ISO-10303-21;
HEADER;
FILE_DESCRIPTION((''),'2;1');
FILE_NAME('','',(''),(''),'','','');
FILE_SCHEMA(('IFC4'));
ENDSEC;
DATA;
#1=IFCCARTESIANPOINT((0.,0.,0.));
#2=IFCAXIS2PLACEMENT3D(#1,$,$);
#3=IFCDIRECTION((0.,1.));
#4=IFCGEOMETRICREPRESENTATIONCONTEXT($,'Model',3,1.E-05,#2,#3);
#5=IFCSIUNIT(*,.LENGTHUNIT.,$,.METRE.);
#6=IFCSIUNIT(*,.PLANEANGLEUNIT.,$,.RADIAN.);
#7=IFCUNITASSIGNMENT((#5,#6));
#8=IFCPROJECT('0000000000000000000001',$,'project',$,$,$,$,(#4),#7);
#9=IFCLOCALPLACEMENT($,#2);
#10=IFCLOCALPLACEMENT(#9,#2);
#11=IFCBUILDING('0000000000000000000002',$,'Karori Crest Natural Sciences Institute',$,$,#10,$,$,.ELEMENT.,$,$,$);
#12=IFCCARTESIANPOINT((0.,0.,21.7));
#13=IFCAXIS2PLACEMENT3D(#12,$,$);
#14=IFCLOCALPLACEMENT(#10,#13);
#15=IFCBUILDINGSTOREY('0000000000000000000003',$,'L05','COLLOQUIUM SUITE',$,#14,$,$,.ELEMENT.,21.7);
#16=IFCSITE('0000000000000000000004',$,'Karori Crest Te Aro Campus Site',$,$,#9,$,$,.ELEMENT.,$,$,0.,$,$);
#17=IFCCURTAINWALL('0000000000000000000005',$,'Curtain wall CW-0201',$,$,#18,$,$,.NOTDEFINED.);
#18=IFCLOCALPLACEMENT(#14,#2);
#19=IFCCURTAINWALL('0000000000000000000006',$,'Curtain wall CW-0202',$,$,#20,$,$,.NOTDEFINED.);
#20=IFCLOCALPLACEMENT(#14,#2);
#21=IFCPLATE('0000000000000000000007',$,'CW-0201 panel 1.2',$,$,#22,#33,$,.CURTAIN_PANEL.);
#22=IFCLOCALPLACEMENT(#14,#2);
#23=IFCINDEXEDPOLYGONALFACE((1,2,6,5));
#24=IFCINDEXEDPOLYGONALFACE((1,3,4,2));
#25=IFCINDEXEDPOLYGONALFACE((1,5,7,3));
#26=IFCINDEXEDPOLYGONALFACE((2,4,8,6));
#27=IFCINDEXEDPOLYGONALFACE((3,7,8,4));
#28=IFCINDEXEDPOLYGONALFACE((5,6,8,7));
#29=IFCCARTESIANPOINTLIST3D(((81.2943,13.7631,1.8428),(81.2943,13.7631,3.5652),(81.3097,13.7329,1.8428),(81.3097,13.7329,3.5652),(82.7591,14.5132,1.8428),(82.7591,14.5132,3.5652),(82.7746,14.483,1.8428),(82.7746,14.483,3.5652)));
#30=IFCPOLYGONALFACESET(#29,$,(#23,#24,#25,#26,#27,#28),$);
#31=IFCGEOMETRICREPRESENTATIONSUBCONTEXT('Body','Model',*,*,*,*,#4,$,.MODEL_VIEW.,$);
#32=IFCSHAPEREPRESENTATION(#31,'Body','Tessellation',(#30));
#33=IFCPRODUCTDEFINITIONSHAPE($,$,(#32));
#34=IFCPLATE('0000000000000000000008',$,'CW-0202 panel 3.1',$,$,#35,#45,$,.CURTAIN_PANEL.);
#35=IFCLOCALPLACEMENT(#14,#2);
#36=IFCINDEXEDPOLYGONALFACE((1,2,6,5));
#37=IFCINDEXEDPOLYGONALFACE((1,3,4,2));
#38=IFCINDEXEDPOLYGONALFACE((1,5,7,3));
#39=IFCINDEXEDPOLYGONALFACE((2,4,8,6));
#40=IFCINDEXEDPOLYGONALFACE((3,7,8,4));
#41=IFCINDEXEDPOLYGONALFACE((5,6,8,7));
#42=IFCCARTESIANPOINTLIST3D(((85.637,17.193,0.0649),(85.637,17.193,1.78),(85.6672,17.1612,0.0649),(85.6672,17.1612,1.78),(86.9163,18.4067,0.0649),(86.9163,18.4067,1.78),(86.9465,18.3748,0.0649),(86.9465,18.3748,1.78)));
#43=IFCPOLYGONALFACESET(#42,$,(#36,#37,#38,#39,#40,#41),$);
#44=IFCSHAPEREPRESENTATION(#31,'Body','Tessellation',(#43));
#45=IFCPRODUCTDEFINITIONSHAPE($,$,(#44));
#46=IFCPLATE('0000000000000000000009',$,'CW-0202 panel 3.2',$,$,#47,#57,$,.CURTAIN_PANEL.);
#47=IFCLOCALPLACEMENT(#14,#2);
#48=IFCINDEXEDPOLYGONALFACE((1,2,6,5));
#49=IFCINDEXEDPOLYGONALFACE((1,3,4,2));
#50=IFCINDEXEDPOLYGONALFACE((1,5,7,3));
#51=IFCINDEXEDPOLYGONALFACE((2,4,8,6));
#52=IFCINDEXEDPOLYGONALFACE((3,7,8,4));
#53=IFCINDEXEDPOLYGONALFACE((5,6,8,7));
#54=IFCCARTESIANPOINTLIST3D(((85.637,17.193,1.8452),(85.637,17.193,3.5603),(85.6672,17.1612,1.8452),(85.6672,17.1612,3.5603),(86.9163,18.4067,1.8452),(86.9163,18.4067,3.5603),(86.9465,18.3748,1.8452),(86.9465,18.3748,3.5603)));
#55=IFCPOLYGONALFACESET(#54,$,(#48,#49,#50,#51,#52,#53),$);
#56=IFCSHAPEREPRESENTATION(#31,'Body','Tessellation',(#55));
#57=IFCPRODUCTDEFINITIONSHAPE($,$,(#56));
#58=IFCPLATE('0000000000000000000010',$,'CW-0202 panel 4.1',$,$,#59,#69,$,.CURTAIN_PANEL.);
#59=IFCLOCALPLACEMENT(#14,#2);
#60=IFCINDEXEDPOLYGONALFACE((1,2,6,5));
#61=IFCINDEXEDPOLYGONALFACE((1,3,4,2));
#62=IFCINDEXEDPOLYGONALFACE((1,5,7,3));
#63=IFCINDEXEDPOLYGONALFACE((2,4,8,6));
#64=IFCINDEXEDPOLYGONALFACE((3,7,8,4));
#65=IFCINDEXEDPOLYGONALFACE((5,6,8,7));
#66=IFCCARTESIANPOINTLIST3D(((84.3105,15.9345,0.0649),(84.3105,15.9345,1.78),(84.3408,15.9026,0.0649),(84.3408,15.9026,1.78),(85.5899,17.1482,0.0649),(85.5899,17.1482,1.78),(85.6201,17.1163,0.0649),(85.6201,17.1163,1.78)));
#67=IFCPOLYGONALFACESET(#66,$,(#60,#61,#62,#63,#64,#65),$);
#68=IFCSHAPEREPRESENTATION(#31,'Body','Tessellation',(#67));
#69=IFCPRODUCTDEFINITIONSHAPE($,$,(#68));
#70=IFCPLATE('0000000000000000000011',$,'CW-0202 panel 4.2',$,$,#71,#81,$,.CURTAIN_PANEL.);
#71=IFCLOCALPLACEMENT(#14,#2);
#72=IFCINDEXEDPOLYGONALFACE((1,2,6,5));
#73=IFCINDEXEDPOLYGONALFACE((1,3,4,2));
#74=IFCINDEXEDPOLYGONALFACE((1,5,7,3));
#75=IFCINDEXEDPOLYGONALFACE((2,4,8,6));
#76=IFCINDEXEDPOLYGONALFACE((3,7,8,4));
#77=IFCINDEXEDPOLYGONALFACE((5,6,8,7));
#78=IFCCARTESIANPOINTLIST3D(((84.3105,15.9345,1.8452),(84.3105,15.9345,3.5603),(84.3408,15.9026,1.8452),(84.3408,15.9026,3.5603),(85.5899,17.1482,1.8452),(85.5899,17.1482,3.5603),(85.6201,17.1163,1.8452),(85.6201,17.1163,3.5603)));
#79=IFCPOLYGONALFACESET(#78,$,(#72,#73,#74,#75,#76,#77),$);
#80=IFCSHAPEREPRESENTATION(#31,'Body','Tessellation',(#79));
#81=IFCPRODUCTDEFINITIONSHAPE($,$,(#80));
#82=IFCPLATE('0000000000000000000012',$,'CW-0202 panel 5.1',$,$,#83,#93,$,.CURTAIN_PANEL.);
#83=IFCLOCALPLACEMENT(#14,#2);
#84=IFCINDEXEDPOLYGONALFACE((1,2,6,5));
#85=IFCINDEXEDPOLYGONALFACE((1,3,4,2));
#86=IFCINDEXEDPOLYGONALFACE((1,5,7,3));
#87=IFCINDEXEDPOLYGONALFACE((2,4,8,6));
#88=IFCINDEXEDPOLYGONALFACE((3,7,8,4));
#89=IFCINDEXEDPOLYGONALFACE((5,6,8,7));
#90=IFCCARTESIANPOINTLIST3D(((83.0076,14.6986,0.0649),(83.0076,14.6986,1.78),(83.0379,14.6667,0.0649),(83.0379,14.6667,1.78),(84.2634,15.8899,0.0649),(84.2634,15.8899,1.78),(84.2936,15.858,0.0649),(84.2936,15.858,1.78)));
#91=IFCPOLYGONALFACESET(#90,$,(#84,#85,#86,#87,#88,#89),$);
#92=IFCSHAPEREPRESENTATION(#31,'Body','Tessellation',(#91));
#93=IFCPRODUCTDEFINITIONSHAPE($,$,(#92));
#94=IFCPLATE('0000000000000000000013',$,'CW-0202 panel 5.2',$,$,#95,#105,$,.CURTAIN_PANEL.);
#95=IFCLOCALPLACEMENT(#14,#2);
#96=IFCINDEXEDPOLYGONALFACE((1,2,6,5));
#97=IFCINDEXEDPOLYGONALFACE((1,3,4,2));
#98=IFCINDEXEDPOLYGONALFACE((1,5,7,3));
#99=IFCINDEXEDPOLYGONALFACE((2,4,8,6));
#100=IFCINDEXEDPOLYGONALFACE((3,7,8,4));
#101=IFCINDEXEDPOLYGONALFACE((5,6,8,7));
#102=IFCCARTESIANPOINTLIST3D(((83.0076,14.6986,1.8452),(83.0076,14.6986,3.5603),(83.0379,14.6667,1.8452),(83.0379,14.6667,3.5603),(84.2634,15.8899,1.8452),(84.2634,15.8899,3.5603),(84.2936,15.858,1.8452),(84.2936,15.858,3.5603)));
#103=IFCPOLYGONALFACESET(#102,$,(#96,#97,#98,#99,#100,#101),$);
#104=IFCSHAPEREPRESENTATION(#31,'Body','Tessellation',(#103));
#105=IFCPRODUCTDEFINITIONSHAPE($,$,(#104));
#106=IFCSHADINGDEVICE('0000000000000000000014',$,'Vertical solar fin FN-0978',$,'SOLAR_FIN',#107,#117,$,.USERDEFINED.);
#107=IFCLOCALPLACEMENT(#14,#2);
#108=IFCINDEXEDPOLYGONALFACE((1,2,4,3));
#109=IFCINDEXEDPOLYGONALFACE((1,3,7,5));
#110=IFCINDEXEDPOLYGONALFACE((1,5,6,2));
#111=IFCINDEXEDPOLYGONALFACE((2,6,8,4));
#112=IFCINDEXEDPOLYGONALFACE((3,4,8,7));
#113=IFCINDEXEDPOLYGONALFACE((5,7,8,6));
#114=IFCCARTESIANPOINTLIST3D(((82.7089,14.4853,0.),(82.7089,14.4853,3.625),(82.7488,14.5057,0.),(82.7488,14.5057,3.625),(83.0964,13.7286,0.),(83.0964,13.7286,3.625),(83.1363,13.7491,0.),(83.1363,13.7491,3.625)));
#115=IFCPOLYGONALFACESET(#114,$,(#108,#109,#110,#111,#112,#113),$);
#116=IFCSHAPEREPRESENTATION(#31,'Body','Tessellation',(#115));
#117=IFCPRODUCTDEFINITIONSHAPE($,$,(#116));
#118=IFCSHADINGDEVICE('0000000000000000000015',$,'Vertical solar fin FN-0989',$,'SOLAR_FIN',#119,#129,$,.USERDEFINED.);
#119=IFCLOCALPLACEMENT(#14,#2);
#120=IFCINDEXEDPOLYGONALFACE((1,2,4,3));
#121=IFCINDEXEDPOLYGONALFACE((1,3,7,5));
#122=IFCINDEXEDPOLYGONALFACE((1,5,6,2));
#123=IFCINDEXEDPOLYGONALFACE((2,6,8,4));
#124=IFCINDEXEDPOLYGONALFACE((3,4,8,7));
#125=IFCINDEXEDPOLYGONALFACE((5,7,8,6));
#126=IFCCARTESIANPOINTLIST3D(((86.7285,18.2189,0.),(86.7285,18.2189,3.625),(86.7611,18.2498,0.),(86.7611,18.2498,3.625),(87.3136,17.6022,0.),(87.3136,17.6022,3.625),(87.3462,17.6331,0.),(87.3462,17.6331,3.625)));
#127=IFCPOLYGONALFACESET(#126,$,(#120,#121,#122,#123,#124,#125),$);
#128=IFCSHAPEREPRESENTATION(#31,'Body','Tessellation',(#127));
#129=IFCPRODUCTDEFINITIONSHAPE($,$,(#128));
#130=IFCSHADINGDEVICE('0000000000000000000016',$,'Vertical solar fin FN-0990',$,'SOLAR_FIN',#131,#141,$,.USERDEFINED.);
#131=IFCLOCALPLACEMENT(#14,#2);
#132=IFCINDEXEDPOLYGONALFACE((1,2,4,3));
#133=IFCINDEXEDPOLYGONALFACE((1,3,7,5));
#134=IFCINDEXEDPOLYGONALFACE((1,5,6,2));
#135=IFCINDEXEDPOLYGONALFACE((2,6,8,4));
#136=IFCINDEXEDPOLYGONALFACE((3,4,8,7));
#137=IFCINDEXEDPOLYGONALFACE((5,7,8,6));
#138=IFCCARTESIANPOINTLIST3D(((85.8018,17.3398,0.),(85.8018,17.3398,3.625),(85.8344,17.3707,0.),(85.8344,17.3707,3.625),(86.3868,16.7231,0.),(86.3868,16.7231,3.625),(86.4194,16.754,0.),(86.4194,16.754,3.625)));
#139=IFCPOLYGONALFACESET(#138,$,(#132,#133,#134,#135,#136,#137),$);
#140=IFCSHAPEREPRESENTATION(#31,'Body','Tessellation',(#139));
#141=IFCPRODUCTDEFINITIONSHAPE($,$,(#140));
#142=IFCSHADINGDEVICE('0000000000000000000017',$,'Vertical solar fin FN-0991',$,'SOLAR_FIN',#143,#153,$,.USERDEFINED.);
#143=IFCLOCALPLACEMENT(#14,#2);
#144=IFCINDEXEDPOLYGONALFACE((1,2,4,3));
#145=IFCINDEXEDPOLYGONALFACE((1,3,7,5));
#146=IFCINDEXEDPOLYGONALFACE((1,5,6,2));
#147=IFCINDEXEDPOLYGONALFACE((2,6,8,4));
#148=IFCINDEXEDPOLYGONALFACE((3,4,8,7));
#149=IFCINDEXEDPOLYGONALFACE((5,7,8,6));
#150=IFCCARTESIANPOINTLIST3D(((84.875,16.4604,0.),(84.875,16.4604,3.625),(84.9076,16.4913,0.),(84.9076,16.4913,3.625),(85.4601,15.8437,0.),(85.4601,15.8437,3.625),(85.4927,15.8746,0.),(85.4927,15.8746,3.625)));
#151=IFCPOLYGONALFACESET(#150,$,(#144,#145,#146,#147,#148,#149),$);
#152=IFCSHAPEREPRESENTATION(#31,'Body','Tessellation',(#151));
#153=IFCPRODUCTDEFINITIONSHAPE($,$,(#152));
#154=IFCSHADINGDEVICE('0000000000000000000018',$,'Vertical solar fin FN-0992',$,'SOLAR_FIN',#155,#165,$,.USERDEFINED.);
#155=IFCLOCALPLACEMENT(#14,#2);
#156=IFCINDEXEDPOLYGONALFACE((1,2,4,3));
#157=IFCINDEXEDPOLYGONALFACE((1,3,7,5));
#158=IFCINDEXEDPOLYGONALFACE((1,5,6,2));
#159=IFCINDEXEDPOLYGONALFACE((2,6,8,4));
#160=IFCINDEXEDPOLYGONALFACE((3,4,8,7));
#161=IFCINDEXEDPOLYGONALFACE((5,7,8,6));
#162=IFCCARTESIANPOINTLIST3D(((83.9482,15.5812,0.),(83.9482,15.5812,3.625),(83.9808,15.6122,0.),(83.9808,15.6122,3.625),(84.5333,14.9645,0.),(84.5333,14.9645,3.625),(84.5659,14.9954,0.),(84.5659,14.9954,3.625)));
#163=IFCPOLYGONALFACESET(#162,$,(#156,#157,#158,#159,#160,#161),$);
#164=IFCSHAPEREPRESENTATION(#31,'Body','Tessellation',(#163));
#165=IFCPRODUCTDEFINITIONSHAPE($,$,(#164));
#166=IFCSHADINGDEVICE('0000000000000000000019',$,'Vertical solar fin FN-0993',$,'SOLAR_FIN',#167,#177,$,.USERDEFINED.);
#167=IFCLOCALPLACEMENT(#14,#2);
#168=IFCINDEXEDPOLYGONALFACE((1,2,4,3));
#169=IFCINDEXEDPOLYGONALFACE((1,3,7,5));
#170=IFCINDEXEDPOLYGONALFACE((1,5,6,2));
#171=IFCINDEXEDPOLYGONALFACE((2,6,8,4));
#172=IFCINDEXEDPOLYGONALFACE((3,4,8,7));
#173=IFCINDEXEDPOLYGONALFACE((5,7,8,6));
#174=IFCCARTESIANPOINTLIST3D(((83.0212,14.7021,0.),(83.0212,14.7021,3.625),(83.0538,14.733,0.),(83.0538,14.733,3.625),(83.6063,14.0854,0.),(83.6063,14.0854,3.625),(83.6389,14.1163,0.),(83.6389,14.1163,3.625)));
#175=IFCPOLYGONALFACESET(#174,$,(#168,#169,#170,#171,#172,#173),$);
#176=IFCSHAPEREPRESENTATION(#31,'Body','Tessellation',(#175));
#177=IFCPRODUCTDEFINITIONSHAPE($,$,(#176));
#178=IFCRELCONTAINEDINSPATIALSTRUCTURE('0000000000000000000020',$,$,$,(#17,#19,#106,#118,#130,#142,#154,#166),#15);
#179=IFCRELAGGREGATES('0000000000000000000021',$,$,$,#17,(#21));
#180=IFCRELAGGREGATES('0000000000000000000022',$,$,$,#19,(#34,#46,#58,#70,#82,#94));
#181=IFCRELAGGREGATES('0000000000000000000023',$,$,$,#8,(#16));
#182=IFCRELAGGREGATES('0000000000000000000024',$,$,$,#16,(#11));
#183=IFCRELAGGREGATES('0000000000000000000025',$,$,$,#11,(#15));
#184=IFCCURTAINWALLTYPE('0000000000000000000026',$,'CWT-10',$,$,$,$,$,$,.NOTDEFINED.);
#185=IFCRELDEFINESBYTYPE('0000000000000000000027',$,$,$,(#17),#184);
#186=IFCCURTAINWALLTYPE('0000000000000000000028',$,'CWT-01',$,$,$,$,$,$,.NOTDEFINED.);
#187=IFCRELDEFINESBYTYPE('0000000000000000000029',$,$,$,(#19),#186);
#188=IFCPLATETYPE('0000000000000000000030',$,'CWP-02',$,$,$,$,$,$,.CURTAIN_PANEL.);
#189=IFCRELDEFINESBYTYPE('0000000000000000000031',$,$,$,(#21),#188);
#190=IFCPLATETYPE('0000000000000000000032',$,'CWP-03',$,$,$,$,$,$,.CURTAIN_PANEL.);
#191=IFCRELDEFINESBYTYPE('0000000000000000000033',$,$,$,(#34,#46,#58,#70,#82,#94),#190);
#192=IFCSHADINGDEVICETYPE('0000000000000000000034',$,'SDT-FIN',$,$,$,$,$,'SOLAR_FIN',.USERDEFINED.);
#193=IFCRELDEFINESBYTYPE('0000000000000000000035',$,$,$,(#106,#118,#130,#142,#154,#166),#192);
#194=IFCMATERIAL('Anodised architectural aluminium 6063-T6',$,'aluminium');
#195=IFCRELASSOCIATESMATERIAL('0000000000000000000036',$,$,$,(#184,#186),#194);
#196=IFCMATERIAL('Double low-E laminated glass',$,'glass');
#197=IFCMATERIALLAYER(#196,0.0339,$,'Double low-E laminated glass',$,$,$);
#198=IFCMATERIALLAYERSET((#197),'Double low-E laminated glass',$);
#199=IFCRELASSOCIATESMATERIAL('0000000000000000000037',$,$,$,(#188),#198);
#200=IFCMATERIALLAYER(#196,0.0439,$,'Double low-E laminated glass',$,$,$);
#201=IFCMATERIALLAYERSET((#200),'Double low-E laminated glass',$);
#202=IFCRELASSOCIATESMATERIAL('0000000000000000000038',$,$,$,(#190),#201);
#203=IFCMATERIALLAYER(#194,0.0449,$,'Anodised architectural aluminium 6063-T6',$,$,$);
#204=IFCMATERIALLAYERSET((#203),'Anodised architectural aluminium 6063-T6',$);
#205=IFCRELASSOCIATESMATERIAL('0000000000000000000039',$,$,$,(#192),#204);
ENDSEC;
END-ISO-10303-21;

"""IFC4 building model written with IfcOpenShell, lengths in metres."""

from ifc_helpers import new_model, si_unit, direction, frame, origin, origin_2d, place, context, subcontext, project, spatial, rectangle, extrude, material, layer, layer_set, type_object, element, aggregate, save


model = new_model("IFC4")

# Units and contexts
model_context = context("Model", 3, precision=1e-05, world=origin(), true_north=direction((0.0, 1.0)))
body_context = subcontext(model_context, "Body", "Model", "MODEL_VIEW")
ifc_project = project(units=[si_unit("LENGTHUNIT", "METRE"), si_unit("PLANEANGLEUNIT", "RADIAN")], contexts=[model_context])

# Site, building, storey
site_placement = place(None, origin())
site = spatial("IfcSite", under=ifc_project, at=site_placement, Name="Karori Crest Te Aro Campus Site", CompositionType="ELEMENT", RefElevation=0.0)
building_placement = place(site_placement, origin())
building = spatial("IfcBuilding", under=site, at=building_placement, Name="Karori Crest Natural Sciences Institute", CompositionType="ELEMENT")
storey_placement = place(building_placement, frame((0.0, 0.0, 21.7)))
storey = spatial("IfcBuildingStorey", under=building, at=storey_placement, Name="L05", Description="COLLOQUIUM SUITE", CompositionType="ELEMENT", Elevation=21.7)

# Curtain wall
ifc_material_1 = material(Name="Anodised architectural aluminium 6063-T6", Category="aluminium")
curtain_wall_type_1 = type_object("IfcCurtainWallType", Name="CWT-10", PredefinedType="NOTDEFINED", material=ifc_material_1)
curtain_wall_1_placement = place(storey_placement, origin())
curtain_wall_1 = element("IfcCurtainWall", 1, at=curtain_wall_1_placement, inside=storey, type_object=curtain_wall_type_1, Name="Curtain wall CW-0201", PredefinedType="NOTDEFINED")

# Curtain wall
curtain_wall_type_2 = type_object("IfcCurtainWallType", Name="CWT-01", PredefinedType="NOTDEFINED", material=ifc_material_1)
curtain_wall_2_placement = place(storey_placement, origin())
curtain_wall_2 = element("IfcCurtainWall", 2, at=curtain_wall_2_placement, inside=storey, type_object=curtain_wall_type_2, Name="Curtain wall CW-0202", PredefinedType="NOTDEFINED")

# Plates
ifc_material_2 = material(Name="Double low-E laminated glass", Category="glass")
ifc_layer_1 = layer(ifc_material_2, 0.0339, Name="Double low-E laminated glass")
ifc_layer_set_1 = layer_set([ifc_layer_1], Name="Double low-E laminated glass")
plate_type_1 = type_object("IfcPlateType", Name="CWP-02", PredefinedType="CURTAIN_PANEL", material=ifc_layer_set_1)
plate_1_placement = place(storey_placement, frame((82.0344, 14.123, 1.8428), z_axis=(0.0, 0.0, 1.0), x_axis=(-0.890067, -0.455829, 0.0)))
plate_1 = element("IfcPlate", 3, at=plate_1_placement, type_object=plate_type_1, Name="CW-0201 panel 1.2", PredefinedType="CURTAIN_PANEL", context=body_context, shape_type="SweptSolid", body=[
    extrude(rectangle(XDim=1.6458, YDim=0.0339, at=origin_2d()), origin(), (0.0, 0.0, 1.0), 1.7224),
])
aggregate(curtain_wall_1, [plate_1])
ifc_layer_2 = layer(ifc_material_2, 0.0439, Name="Double low-E laminated glass")
ifc_layer_set_2 = layer_set([ifc_layer_2], Name="Double low-E laminated glass")
plate_type_2 = type_object("IfcPlateType", Name="CWP-03", PredefinedType="CURTAIN_PANEL", material=ifc_layer_set_2)
plate_2_placement = place(storey_placement, frame((86.2917, 17.7839, 0.0649), z_axis=(0.0, 0.0, 1.0), x_axis=(-0.725473, -0.688251, 0.0)))
plate_2 = element("IfcPlate", 4, at=plate_2_placement, type_object=plate_type_2, Name="CW-0202 panel 3.1", PredefinedType="CURTAIN_PANEL", context=body_context, shape_type="SweptSolid", body=[
    extrude(rectangle(XDim=1.7634, YDim=0.0439, at=origin_2d()), origin(), (0.0, 0.0, 1.0), 1.7151),
])
plate_3_placement = place(storey_placement, frame((86.2917, 17.7839, 1.8452), z_axis=(0.0, 0.0, 1.0), x_axis=(-0.725473, -0.688251, 0.0)))
plate_3 = element("IfcPlate", 5, at=plate_3_placement, type_object=plate_type_2, Name="CW-0202 panel 3.2", PredefinedType="CURTAIN_PANEL", context=body_context, shape_type="SweptSolid", body=[
    extrude(rectangle(XDim=1.7634, YDim=0.0439, at=origin_2d()), origin(), (0.0, 0.0, 1.0), 1.7151),
])
plate_4_placement = place(storey_placement, frame((84.9653, 16.5254, 0.0649), z_axis=(0.0, 0.0, 1.0), x_axis=(-0.725473, -0.688251, 0.0)))
plate_4 = element("IfcPlate", 6, at=plate_4_placement, type_object=plate_type_2, Name="CW-0202 panel 4.1", PredefinedType="CURTAIN_PANEL", context=body_context, shape_type="SweptSolid", body=[
    extrude(rectangle(XDim=1.7634, YDim=0.0439, at=origin_2d()), origin(), (0.0, 0.0, 1.0), 1.7151),
])
plate_5_placement = place(storey_placement, frame((84.9653, 16.5254, 1.8452), z_axis=(0.0, 0.0, 1.0), x_axis=(-0.725473, -0.688251, 0.0)))
plate_5 = element("IfcPlate", 7, at=plate_5_placement, type_object=plate_type_2, Name="CW-0202 panel 4.2", PredefinedType="CURTAIN_PANEL", context=body_context, shape_type="SweptSolid", body=[
    extrude(rectangle(XDim=1.7634, YDim=0.0439, at=origin_2d()), origin(), (0.0, 0.0, 1.0), 1.7151),
])
plate_6_placement = place(storey_placement, frame((83.6506, 15.2783, 0.0649), z_axis=(0.0, 0.0, 1.0), x_axis=(-0.725473, -0.688251, 0.0)))
plate_6 = element("IfcPlate", 8, at=plate_6_placement, type_object=plate_type_2, Name="CW-0202 panel 5.1", PredefinedType="CURTAIN_PANEL", context=body_context, shape_type="SweptSolid", body=[
    extrude(rectangle(XDim=1.731, YDim=0.0439, at=origin_2d()), origin(), (0.0, 0.0, 1.0), 1.7151),
])
plate_7_placement = place(storey_placement, frame((83.6506, 15.2783, 1.8452), z_axis=(0.0, 0.0, 1.0), x_axis=(-0.725473, -0.688251, 0.0)))
plate_7 = element("IfcPlate", 9, at=plate_7_placement, type_object=plate_type_2, Name="CW-0202 panel 5.2", PredefinedType="CURTAIN_PANEL", context=body_context, shape_type="SweptSolid", body=[
    extrude(rectangle(XDim=1.731, YDim=0.0439, at=origin_2d()), origin(), (0.0, 0.0, 1.0), 1.7151),
])
aggregate(curtain_wall_2, [plate_2, plate_3, plate_4, plate_5, plate_6, plate_7])

# Shading devices
ifc_layer_3 = layer(ifc_material_1, 0.0449, Name="Anodised architectural aluminium 6063-T6")
ifc_layer_set_3 = layer_set([ifc_layer_3], Name="Anodised architectural aluminium 6063-T6")
shading_device_type = type_object("IfcShadingDeviceType", Name="SDT-FIN", ElementType="SOLAR_FIN", PredefinedType="USERDEFINED", material=ifc_layer_set_3)
for number, where, z_axis, x_axis, name in (
    (10, (82.9226, 14.1172, 0.0), (0.0, 0.0, 1.0), (0.455829, -0.890067, 0.0), "Vertical solar fin FN-0978"),
    (11, (87.0374, 17.926, 0.0), (0.0, 0.0, 1.0), (0.688251, -0.725473, 0.0), "Vertical solar fin FN-0989"),
    (12, (86.1106, 17.0469, 0.0), (0.0, 0.0, 1.0), (0.688251, -0.725473, 0.0), "Vertical solar fin FN-0990"),
    (13, (85.1838, 16.1675, 0.0), (0.0, 0.0, 1.0), (0.688251, -0.725473, 0.0), "Vertical solar fin FN-0991"),
    (14, (84.2571, 15.2883, 0.0), (0.0, 0.0, 1.0), (0.688251, -0.725473, 0.0), "Vertical solar fin FN-0992"),
    (15, (83.3301, 14.4092, 0.0), (0.0, 0.0, 1.0), (0.688251, -0.725473, 0.0), "Vertical solar fin FN-0993"),
):
    element("IfcShadingDevice", number, at=place(storey_placement, frame(where, z_axis=z_axis, x_axis=x_axis)), inside=storey, type_object=shading_device_type, Name=name, ObjectType="SOLAR_FIN", PredefinedType="USERDEFINED", context=body_context, shape_type="SweptSolid", body=[
        extrude(rectangle(XDim=0.8501, YDim=0.0449, at=origin_2d()), origin(), (0.0, 0.0, 1.0), 3.625),
    ])

save(model, "model.ifc")
